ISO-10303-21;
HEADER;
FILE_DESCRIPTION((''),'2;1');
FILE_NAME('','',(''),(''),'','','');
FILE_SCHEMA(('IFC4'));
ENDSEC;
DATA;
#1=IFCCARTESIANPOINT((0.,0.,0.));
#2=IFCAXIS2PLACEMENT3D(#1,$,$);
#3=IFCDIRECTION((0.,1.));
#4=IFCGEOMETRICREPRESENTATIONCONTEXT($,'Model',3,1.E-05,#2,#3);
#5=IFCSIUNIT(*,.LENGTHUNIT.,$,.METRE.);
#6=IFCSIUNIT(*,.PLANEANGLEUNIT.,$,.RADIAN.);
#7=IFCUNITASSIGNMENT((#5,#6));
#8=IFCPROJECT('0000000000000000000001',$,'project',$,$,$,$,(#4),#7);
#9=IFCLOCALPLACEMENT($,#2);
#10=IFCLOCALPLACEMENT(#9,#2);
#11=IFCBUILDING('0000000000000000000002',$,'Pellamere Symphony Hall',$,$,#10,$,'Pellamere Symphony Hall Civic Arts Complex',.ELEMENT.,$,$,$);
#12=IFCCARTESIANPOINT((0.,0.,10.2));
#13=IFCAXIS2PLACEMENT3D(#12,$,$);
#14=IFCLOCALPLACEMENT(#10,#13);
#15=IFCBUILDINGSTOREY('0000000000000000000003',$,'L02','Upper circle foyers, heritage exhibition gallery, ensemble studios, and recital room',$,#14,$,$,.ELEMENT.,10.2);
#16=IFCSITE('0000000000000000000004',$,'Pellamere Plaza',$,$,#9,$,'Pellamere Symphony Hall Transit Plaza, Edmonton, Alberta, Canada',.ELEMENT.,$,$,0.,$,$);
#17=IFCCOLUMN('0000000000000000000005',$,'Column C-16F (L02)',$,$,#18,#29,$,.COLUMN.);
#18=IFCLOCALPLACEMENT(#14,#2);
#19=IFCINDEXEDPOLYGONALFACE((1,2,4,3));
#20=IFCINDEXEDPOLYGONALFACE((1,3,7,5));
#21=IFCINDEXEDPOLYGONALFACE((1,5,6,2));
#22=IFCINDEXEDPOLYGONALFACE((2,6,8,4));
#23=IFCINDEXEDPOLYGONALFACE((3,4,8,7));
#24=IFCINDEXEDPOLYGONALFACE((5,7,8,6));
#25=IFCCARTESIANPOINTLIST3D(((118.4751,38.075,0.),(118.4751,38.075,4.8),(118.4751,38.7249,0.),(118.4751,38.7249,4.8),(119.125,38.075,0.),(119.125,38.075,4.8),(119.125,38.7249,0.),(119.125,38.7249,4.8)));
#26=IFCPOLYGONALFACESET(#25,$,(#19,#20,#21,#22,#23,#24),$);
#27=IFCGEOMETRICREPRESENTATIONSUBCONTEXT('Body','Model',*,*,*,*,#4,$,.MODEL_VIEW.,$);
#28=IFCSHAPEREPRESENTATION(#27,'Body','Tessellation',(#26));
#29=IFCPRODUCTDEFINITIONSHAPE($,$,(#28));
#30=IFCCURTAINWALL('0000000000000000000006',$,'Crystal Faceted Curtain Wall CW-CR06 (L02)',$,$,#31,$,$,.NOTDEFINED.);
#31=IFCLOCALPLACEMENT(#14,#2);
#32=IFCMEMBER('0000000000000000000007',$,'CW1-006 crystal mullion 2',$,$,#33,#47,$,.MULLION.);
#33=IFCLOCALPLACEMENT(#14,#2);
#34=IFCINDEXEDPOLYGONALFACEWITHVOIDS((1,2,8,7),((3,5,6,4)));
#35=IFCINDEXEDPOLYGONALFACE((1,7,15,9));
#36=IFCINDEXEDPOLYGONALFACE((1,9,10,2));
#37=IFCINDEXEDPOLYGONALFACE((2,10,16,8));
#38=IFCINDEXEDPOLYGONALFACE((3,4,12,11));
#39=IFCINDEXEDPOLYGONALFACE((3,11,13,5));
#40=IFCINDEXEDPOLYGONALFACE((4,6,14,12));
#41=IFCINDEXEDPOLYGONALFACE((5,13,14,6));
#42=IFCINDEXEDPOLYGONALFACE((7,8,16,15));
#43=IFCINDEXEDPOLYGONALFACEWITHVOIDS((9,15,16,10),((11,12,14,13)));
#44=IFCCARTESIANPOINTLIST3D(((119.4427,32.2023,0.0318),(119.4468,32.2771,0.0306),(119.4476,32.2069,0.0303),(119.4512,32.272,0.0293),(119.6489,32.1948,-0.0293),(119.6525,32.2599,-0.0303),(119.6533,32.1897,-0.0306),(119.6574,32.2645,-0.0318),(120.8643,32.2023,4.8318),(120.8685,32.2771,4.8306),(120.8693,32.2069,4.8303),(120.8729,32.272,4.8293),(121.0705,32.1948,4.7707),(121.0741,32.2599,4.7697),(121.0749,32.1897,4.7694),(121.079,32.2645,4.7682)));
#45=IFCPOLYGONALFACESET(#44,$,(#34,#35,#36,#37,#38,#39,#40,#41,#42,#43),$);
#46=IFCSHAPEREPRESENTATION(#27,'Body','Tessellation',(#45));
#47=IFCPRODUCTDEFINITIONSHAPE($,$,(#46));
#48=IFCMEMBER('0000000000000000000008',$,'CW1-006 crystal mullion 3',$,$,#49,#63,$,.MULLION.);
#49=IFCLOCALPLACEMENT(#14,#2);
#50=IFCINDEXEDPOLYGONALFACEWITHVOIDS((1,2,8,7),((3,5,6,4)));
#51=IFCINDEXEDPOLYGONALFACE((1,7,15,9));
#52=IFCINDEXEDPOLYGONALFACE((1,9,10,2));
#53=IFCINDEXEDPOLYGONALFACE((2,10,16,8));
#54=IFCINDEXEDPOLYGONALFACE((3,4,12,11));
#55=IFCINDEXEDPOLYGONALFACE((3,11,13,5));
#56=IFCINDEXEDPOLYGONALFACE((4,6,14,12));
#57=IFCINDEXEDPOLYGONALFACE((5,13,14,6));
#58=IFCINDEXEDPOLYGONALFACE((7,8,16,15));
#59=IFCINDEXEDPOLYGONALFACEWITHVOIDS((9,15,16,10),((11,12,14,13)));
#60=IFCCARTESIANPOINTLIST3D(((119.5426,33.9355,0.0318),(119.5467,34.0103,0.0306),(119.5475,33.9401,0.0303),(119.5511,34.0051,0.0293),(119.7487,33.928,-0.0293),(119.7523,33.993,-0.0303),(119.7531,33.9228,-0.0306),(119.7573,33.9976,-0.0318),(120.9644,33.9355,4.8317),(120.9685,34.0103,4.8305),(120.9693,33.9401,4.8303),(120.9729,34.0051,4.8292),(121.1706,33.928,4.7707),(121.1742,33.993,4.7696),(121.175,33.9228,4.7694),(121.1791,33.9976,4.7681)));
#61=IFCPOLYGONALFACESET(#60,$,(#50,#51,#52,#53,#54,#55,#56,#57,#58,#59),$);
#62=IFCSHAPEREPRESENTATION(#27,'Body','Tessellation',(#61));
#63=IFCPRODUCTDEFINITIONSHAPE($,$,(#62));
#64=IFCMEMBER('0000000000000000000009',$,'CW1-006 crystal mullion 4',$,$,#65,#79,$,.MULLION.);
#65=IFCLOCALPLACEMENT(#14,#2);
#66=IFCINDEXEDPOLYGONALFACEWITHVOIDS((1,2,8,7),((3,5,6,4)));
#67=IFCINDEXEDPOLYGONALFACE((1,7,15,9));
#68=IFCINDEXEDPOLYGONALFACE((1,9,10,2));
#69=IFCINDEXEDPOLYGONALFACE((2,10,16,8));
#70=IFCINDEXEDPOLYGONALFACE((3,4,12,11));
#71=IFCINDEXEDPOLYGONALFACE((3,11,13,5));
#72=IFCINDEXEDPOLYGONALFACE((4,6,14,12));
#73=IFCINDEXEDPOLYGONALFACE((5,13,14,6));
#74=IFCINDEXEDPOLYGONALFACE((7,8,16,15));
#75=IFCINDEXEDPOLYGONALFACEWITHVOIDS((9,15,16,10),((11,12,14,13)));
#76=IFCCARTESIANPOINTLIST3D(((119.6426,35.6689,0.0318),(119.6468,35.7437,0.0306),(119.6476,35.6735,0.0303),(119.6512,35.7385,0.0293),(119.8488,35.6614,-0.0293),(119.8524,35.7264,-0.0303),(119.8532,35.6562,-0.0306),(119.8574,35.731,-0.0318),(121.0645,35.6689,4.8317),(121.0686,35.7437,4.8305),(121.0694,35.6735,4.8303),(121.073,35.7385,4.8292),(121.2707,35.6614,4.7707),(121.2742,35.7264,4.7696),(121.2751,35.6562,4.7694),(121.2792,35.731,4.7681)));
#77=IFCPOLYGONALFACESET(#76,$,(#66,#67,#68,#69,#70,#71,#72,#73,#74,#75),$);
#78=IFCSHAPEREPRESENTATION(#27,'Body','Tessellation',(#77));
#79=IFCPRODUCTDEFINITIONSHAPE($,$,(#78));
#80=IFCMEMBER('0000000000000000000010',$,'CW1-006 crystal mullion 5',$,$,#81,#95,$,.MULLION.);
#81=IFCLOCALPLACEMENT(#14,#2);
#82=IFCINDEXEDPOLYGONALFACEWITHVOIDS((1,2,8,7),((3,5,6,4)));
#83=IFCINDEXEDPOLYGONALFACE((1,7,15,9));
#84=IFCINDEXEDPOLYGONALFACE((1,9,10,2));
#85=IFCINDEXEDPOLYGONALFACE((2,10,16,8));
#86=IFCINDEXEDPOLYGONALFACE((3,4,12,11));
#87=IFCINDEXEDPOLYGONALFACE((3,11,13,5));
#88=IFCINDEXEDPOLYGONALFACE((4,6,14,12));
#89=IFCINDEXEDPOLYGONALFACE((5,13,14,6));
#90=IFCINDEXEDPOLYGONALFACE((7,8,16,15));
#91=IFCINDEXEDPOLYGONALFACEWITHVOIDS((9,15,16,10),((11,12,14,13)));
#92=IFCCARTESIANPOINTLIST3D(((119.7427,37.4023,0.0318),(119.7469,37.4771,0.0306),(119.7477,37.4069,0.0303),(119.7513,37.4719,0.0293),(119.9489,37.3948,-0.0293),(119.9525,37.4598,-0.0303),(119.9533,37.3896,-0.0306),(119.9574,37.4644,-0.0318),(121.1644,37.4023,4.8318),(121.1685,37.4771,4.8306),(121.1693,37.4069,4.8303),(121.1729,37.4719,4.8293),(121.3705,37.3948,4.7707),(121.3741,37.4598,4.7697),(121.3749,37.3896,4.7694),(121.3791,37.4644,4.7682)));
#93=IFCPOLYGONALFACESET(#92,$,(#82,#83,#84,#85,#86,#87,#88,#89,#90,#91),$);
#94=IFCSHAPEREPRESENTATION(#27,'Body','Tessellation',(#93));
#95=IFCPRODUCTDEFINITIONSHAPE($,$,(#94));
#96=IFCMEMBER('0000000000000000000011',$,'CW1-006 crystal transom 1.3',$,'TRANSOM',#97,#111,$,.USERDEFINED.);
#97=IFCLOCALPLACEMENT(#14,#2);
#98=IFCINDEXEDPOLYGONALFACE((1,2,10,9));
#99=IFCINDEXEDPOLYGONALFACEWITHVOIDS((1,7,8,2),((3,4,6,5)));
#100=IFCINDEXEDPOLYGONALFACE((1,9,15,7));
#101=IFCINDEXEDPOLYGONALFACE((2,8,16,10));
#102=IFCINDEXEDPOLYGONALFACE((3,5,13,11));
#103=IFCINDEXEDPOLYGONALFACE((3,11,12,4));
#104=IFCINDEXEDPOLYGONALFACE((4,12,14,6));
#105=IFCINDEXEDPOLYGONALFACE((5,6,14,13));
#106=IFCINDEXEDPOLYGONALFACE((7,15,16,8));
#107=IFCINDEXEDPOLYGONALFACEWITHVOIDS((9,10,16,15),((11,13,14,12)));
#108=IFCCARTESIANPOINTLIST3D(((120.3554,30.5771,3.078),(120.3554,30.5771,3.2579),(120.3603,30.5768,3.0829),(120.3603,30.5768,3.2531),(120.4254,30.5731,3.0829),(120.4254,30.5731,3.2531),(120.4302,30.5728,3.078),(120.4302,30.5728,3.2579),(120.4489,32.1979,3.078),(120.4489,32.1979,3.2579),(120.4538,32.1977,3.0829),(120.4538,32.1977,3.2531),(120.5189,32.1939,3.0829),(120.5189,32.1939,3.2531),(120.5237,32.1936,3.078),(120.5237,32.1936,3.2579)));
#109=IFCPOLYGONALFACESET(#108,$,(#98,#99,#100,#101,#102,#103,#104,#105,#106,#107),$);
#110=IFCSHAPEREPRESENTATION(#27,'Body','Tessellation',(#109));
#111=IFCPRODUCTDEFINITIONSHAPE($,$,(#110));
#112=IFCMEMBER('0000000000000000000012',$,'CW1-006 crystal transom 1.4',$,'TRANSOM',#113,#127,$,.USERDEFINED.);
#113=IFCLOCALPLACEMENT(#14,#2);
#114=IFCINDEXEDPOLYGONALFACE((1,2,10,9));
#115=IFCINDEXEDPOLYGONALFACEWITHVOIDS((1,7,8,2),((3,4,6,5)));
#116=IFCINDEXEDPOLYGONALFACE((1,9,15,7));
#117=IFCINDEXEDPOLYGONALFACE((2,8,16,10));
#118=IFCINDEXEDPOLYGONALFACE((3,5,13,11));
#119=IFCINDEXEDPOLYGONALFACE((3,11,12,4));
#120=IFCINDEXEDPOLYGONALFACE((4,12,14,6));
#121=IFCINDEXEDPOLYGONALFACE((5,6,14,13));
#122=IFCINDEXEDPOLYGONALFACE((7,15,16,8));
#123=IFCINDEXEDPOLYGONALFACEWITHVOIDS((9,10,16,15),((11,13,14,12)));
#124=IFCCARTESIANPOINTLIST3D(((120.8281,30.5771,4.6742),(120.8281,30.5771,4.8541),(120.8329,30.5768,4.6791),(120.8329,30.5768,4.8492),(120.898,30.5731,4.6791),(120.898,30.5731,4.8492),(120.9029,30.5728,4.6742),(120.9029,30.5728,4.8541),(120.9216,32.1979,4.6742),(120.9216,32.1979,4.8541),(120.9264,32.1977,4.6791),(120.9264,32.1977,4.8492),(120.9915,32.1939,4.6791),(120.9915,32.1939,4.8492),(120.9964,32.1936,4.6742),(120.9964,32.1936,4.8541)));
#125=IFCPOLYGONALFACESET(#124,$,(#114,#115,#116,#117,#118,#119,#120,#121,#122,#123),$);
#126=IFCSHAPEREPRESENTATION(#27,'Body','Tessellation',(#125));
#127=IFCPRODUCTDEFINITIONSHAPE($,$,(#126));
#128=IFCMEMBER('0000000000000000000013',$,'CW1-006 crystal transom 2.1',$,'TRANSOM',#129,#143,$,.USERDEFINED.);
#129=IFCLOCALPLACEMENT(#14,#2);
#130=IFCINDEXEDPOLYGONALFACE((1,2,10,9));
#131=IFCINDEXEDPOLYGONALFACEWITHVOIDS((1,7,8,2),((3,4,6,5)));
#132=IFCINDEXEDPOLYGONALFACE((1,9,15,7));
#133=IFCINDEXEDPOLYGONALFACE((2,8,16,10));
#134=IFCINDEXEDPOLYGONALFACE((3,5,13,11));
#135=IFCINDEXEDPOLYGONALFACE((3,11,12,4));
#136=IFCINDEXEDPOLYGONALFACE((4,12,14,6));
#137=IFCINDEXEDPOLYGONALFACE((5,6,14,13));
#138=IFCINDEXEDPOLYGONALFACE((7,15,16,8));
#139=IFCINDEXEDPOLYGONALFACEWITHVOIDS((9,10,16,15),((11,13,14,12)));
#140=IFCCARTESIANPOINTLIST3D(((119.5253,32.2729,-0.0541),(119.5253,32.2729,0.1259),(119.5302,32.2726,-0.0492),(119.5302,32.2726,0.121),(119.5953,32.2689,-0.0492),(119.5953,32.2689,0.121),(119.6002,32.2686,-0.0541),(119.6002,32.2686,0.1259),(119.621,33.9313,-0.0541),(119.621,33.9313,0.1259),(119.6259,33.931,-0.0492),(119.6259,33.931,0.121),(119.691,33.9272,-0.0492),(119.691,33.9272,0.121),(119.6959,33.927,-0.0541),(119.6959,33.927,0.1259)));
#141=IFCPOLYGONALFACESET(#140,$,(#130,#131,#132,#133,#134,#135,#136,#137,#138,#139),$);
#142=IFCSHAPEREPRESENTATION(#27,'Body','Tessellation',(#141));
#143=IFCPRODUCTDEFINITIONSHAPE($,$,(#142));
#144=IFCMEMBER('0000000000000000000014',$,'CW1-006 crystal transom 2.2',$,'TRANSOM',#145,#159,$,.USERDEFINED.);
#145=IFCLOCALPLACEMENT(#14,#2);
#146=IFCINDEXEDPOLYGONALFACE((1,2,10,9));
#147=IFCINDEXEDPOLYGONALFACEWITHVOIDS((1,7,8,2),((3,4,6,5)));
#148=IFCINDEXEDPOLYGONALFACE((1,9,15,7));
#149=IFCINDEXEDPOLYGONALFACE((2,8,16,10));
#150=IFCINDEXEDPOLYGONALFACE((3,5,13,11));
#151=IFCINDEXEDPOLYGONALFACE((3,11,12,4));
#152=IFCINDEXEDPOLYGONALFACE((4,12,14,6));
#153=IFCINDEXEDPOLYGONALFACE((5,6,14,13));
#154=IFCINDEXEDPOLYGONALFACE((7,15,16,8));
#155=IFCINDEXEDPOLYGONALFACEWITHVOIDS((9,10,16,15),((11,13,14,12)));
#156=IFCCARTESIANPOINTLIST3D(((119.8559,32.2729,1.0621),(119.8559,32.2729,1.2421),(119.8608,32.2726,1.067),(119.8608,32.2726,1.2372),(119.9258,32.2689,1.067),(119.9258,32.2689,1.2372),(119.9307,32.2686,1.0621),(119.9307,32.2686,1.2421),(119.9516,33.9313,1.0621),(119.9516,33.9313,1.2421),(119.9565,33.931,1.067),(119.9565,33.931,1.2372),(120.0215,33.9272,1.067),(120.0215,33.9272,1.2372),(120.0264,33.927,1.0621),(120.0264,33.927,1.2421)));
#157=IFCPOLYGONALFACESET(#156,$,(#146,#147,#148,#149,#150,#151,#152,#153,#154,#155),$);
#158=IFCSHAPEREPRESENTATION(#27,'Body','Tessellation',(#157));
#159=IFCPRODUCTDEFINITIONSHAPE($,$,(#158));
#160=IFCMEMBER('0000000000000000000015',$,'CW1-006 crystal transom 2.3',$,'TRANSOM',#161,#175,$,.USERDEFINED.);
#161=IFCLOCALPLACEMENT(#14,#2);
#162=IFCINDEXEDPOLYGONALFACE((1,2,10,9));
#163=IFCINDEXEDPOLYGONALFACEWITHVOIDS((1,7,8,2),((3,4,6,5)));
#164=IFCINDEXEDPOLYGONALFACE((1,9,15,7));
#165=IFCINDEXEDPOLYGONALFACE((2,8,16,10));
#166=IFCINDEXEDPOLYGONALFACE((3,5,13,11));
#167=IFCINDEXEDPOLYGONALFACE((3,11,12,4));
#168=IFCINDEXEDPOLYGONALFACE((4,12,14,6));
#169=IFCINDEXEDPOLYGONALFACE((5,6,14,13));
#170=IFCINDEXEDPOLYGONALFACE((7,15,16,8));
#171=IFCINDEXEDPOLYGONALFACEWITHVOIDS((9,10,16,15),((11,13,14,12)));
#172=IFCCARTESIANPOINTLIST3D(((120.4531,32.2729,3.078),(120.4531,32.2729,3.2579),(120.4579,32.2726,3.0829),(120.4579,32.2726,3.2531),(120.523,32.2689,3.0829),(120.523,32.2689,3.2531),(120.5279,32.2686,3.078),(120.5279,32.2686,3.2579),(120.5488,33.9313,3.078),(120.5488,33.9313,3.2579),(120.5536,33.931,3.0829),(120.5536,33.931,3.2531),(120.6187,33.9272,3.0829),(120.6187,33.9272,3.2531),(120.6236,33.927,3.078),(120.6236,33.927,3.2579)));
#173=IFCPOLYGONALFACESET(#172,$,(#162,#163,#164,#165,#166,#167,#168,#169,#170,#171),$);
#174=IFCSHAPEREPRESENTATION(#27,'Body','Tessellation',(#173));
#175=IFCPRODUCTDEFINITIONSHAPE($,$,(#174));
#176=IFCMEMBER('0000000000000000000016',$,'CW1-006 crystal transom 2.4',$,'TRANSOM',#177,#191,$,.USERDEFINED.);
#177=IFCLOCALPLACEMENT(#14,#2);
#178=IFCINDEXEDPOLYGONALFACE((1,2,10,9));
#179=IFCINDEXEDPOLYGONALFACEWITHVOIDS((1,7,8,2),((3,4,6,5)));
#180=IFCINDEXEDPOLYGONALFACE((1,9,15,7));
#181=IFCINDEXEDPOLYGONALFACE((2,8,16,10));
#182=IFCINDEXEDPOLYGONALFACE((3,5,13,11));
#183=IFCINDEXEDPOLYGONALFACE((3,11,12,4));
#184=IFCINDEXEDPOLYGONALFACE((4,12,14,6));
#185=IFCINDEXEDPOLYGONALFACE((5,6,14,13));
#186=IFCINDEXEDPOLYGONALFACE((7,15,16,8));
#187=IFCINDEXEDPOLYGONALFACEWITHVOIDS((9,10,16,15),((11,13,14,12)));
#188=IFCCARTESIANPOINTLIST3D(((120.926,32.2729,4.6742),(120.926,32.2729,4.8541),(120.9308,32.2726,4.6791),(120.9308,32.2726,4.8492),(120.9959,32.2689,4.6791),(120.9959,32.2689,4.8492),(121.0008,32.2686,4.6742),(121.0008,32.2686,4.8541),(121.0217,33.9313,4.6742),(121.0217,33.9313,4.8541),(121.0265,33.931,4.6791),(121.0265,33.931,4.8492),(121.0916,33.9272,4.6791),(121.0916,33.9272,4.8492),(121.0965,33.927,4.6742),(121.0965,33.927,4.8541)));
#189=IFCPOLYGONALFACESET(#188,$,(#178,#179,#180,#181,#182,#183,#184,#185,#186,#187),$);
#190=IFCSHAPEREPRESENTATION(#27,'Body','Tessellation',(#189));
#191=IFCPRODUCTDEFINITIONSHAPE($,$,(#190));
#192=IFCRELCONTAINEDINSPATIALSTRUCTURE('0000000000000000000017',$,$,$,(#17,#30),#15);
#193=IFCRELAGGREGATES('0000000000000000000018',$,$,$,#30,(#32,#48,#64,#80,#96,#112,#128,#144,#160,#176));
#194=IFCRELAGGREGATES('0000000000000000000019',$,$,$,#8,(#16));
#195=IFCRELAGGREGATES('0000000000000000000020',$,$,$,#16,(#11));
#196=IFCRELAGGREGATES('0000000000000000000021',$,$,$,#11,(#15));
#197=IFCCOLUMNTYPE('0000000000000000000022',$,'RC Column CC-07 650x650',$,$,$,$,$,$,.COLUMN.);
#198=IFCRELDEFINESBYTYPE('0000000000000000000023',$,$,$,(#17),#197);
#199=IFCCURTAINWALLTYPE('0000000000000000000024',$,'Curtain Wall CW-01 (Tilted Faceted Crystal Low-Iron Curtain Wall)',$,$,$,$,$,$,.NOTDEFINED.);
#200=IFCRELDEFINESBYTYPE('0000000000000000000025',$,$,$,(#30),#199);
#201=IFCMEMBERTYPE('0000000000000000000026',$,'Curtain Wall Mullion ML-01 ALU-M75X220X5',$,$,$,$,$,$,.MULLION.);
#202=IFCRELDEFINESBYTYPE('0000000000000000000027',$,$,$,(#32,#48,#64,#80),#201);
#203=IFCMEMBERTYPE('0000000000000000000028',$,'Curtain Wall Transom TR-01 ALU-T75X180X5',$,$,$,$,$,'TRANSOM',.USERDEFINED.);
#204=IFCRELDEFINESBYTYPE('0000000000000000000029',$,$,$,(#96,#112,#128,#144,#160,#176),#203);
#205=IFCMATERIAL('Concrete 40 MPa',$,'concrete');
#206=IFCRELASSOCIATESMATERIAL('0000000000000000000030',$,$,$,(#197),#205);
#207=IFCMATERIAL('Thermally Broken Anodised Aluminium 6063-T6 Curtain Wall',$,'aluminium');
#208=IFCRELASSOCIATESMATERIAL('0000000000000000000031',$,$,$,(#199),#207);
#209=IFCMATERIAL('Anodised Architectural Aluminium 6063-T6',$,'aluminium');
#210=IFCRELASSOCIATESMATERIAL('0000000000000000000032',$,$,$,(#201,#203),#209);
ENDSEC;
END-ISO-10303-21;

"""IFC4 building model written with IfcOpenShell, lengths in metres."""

from ifc_helpers import new_model, si_unit, direction, frame, origin, origin_2d, place, context, subcontext, project, spatial, rectangle, hollow_rectangle, extrude, material, material_profile, profile_set, type_object, element, aggregate, save


model = new_model("IFC4")

# Units and contexts
model_context = context("Model", 3, precision=1e-05, world=origin(), true_north=direction((0.0, 1.0)))
body_context = subcontext(model_context, "Body", "Model", "MODEL_VIEW")
ifc_project = project(units=[si_unit("LENGTHUNIT", "METRE"), si_unit("PLANEANGLEUNIT", "RADIAN")], contexts=[model_context])

# Site, building, storey
site_placement = place(None, origin())
site = spatial("IfcSite", under=ifc_project, at=site_placement, Name="Pellamere Plaza", LongName="Pellamere Symphony Hall Transit Plaza, Edmonton, Alberta, Canada", CompositionType="ELEMENT", RefElevation=0.0)
building_placement = place(site_placement, origin())
building = spatial("IfcBuilding", under=site, at=building_placement, Name="Pellamere Symphony Hall", LongName="Pellamere Symphony Hall Civic Arts Complex", CompositionType="ELEMENT")
storey_placement = place(building_placement, frame((0.0, 0.0, 10.2)))
storey = spatial("IfcBuildingStorey", under=building, at=storey_placement, Name="L02", Description="Upper circle foyers, heritage exhibition gallery, ensemble studios, and recital room", CompositionType="ELEMENT", Elevation=10.2)

# Column
ifc_material_1 = material(Name="Concrete 40 MPa", Category="concrete")
ifc_material_profile_1 = material_profile(ifc_material_1, rectangle(XDim=0.6499, YDim=0.6499, at=origin_2d()), Name="RC 650x650")
ifc_profile_set_1 = profile_set([ifc_material_profile_1], Name="Concrete 40 MPa")
column_type = type_object("IfcColumnType", Name="RC Column CC-07 650x650", PredefinedType="COLUMN", material=ifc_profile_set_1)
column_placement = place(storey_placement, frame((118.8, 38.3999, 0.0), z_axis=(0.0, 0.0, 1.0), x_axis=(1.0, 0.0, 0.0)))
element("IfcColumn", 1, at=column_placement, inside=storey, type_object=column_type, Name="Column C-16F (L02)", PredefinedType="COLUMN", context=body_context, shape_type="SweptSolid", body=[
    extrude(rectangle(XDim=0.6499, YDim=0.6499, at=origin_2d()), origin(), (0.0, 0.0, 1.0), 4.8),
])

# Curtain wall, members
ifc_material_2 = material(Name="Thermally Broken Anodised Aluminium 6063-T6 Curtain Wall", Category="aluminium")
curtain_wall_type = type_object("IfcCurtainWallType", Name="Curtain Wall CW-01 (Tilted Faceted Crystal Low-Iron Curtain Wall)", PredefinedType="NOTDEFINED", material=ifc_material_2)
curtain_wall_placement = place(storey_placement, origin())
curtain_wall = element("IfcCurtainWall", 2, at=curtain_wall_placement, inside=storey, type_object=curtain_wall_type, Name="Crystal Faceted Curtain Wall CW-CR06 (L02)", PredefinedType="NOTDEFINED")
ifc_material_3 = material(Name="Anodised Architectural Aluminium 6063-T6", Category="aluminium")
ifc_material_profile_2 = material_profile(ifc_material_3, hollow_rectangle(XDim=0.075, YDim=0.22, WallThickness=0.0049, at=origin_2d()), Name="ALU-M75X220X5")
ifc_profile_set_2 = profile_set([ifc_material_profile_2], Name="Anodised Architectural Aluminium 6063-T6")
member_type_1 = type_object("IfcMemberType", Name="Curtain Wall Mullion ML-01 ALU-M75X220X5", PredefinedType="MULLION", material=ifc_profile_set_2)
member_1_placement = place(storey_placement, frame((119.55, 32.2334, 0.0), z_axis=(0.283977, 0.0, 0.958831), x_axis=(-0.055225, -0.99834, 0.016356)))
member_1 = element("IfcMember", 3, at=member_1_placement, type_object=member_type_1, Name="CW1-006 crystal mullion 2", PredefinedType="MULLION", context=body_context, shape_type="SweptSolid", body=[
    extrude(hollow_rectangle(XDim=0.075, YDim=0.22, WallThickness=0.0049, at=origin_2d()), origin(), (0.0, 0.0, 1.0), 5.0061),
])
member_2_placement = place(storey_placement, frame((119.6499, 33.9666, 0.0), z_axis=(0.284022, 0.0, 0.958818), x_axis=(-0.055225, -0.99834, 0.016359)))
member_2 = element("IfcMember", 4, at=member_2_placement, type_object=member_type_1, Name="CW1-006 crystal mullion 3", PredefinedType="MULLION", context=body_context, shape_type="SweptSolid", body=[
    extrude(hollow_rectangle(XDim=0.075, YDim=0.22, WallThickness=0.0049, at=origin_2d()), origin(), (0.0, 0.0, 1.0), 5.0061),
])
member_3_placement = place(storey_placement, frame((119.75, 35.7, 0.0), z_axis=(0.284022, 0.0, 0.958818), x_axis=(-0.055225, -0.99834, 0.016359)))
member_3 = element("IfcMember", 5, at=member_3_placement, type_object=member_type_1, Name="CW1-006 crystal mullion 4", PredefinedType="MULLION", context=body_context, shape_type="SweptSolid", body=[
    extrude(hollow_rectangle(XDim=0.075, YDim=0.22, WallThickness=0.0049, at=origin_2d()), origin(), (0.0, 0.0, 1.0), 5.0061),
])
member_4_placement = place(storey_placement, frame((119.8501, 37.4333, 0.0), z_axis=(0.283977, 0.0, 0.958831), x_axis=(-0.055225, -0.99834, 0.016356)))
member_4 = element("IfcMember", 6, at=member_4_placement, type_object=member_type_1, Name="CW1-006 crystal mullion 5", PredefinedType="MULLION", context=body_context, shape_type="SweptSolid", body=[
    extrude(hollow_rectangle(XDim=0.075, YDim=0.22, WallThickness=0.0049, at=origin_2d()), origin(), (0.0, 0.0, 1.0), 5.0061),
])
ifc_material_profile_3 = material_profile(ifc_material_3, hollow_rectangle(XDim=0.075, YDim=0.1799, WallThickness=0.0049, at=origin_2d()), Name="ALU-T75X180X5")
ifc_profile_set_3 = profile_set([ifc_material_profile_3], Name="Anodised Architectural Aluminium 6063-T6")
member_type_2 = type_object("IfcMemberType", Name="Curtain Wall Transom TR-01 ALU-T75X180X5", ElementType="TRANSOM", PredefinedType="USERDEFINED", material=ifc_profile_set_3)
member_5_placement = place(storey_placement, frame((120.3928, 30.575, 3.168), z_axis=(0.057594, 0.99834, 0.0), x_axis=(-0.99834, 0.057594, 0.0)))
member_5 = element("IfcMember", 7, at=member_5_placement, type_object=member_type_2, Name="CW1-006 crystal transom 1.3", ObjectType="TRANSOM", PredefinedType="USERDEFINED", context=body_context, shape_type="SweptSolid", body=[
    extrude(hollow_rectangle(XDim=0.075, YDim=0.1799, WallThickness=0.0049, at=origin_2d()), origin(), (0.0, 0.0, 1.0), 1.6235),
])
member_6_placement = place(storey_placement, frame((120.8655, 30.575, 4.7642), z_axis=(0.057594, 0.99834, 0.0), x_axis=(-0.99834, 0.057594, 0.0)))
member_6 = element("IfcMember", 8, at=member_6_placement, type_object=member_type_2, Name="CW1-006 crystal transom 1.4", ObjectType="TRANSOM", PredefinedType="USERDEFINED", context=body_context, shape_type="SweptSolid", body=[
    extrude(hollow_rectangle(XDim=0.075, YDim=0.1799, WallThickness=0.0049, at=origin_2d()), origin(), (0.0, 0.0, 1.0), 1.6235),
])
member_7_placement = place(storey_placement, frame((119.5627, 32.2708, 0.0359), z_axis=(0.057611, 0.998339, 0.0), x_axis=(-0.998339, 0.057611, 0.0)))
member_7 = element("IfcMember", 9, at=member_7_placement, type_object=member_type_2, Name="CW1-006 crystal transom 2.1", ObjectType="TRANSOM", PredefinedType="USERDEFINED", context=body_context, shape_type="SweptSolid", body=[
    extrude(hollow_rectangle(XDim=0.075, YDim=0.1799, WallThickness=0.0049, at=origin_2d()), origin(), (0.0, 0.0, 1.0), 1.6611),
])
member_8_placement = place(storey_placement, frame((119.8933, 32.2708, 1.1521), z_axis=(0.057611, 0.998339, 0.0), x_axis=(-0.998339, 0.057611, 0.0)))
member_8 = element("IfcMember", 10, at=member_8_placement, type_object=member_type_2, Name="CW1-006 crystal transom 2.2", ObjectType="TRANSOM", PredefinedType="USERDEFINED", context=body_context, shape_type="SweptSolid", body=[
    extrude(hollow_rectangle(XDim=0.075, YDim=0.1799, WallThickness=0.0049, at=origin_2d()), origin(), (0.0, 0.0, 1.0), 1.6611),
])
member_9_placement = place(storey_placement, frame((120.4905, 32.2708, 3.168), z_axis=(0.057611, 0.998339, 0.0), x_axis=(-0.998339, 0.057611, 0.0)))
member_9 = element("IfcMember", 11, at=member_9_placement, type_object=member_type_2, Name="CW1-006 crystal transom 2.3", ObjectType="TRANSOM", PredefinedType="USERDEFINED", context=body_context, shape_type="SweptSolid", body=[
    extrude(hollow_rectangle(XDim=0.075, YDim=0.1799, WallThickness=0.0049, at=origin_2d()), origin(), (0.0, 0.0, 1.0), 1.6611),
])
member_10_placement = place(storey_placement, frame((120.9634, 32.2708, 4.7642), z_axis=(0.057611, 0.998339, 0.0), x_axis=(-0.998339, 0.057611, 0.0)))
member_10 = element("IfcMember", 12, at=member_10_placement, type_object=member_type_2, Name="CW1-006 crystal transom 2.4", ObjectType="TRANSOM", PredefinedType="USERDEFINED", context=body_context, shape_type="SweptSolid", body=[
    extrude(hollow_rectangle(XDim=0.075, YDim=0.1799, WallThickness=0.0049, at=origin_2d()), origin(), (0.0, 0.0, 1.0), 1.6611),
])

aggregate(curtain_wall, [member_1, member_2, member_3, member_4, member_5, member_6, member_7, member_8, member_9, member_10])

save(model, "model.ifc")
